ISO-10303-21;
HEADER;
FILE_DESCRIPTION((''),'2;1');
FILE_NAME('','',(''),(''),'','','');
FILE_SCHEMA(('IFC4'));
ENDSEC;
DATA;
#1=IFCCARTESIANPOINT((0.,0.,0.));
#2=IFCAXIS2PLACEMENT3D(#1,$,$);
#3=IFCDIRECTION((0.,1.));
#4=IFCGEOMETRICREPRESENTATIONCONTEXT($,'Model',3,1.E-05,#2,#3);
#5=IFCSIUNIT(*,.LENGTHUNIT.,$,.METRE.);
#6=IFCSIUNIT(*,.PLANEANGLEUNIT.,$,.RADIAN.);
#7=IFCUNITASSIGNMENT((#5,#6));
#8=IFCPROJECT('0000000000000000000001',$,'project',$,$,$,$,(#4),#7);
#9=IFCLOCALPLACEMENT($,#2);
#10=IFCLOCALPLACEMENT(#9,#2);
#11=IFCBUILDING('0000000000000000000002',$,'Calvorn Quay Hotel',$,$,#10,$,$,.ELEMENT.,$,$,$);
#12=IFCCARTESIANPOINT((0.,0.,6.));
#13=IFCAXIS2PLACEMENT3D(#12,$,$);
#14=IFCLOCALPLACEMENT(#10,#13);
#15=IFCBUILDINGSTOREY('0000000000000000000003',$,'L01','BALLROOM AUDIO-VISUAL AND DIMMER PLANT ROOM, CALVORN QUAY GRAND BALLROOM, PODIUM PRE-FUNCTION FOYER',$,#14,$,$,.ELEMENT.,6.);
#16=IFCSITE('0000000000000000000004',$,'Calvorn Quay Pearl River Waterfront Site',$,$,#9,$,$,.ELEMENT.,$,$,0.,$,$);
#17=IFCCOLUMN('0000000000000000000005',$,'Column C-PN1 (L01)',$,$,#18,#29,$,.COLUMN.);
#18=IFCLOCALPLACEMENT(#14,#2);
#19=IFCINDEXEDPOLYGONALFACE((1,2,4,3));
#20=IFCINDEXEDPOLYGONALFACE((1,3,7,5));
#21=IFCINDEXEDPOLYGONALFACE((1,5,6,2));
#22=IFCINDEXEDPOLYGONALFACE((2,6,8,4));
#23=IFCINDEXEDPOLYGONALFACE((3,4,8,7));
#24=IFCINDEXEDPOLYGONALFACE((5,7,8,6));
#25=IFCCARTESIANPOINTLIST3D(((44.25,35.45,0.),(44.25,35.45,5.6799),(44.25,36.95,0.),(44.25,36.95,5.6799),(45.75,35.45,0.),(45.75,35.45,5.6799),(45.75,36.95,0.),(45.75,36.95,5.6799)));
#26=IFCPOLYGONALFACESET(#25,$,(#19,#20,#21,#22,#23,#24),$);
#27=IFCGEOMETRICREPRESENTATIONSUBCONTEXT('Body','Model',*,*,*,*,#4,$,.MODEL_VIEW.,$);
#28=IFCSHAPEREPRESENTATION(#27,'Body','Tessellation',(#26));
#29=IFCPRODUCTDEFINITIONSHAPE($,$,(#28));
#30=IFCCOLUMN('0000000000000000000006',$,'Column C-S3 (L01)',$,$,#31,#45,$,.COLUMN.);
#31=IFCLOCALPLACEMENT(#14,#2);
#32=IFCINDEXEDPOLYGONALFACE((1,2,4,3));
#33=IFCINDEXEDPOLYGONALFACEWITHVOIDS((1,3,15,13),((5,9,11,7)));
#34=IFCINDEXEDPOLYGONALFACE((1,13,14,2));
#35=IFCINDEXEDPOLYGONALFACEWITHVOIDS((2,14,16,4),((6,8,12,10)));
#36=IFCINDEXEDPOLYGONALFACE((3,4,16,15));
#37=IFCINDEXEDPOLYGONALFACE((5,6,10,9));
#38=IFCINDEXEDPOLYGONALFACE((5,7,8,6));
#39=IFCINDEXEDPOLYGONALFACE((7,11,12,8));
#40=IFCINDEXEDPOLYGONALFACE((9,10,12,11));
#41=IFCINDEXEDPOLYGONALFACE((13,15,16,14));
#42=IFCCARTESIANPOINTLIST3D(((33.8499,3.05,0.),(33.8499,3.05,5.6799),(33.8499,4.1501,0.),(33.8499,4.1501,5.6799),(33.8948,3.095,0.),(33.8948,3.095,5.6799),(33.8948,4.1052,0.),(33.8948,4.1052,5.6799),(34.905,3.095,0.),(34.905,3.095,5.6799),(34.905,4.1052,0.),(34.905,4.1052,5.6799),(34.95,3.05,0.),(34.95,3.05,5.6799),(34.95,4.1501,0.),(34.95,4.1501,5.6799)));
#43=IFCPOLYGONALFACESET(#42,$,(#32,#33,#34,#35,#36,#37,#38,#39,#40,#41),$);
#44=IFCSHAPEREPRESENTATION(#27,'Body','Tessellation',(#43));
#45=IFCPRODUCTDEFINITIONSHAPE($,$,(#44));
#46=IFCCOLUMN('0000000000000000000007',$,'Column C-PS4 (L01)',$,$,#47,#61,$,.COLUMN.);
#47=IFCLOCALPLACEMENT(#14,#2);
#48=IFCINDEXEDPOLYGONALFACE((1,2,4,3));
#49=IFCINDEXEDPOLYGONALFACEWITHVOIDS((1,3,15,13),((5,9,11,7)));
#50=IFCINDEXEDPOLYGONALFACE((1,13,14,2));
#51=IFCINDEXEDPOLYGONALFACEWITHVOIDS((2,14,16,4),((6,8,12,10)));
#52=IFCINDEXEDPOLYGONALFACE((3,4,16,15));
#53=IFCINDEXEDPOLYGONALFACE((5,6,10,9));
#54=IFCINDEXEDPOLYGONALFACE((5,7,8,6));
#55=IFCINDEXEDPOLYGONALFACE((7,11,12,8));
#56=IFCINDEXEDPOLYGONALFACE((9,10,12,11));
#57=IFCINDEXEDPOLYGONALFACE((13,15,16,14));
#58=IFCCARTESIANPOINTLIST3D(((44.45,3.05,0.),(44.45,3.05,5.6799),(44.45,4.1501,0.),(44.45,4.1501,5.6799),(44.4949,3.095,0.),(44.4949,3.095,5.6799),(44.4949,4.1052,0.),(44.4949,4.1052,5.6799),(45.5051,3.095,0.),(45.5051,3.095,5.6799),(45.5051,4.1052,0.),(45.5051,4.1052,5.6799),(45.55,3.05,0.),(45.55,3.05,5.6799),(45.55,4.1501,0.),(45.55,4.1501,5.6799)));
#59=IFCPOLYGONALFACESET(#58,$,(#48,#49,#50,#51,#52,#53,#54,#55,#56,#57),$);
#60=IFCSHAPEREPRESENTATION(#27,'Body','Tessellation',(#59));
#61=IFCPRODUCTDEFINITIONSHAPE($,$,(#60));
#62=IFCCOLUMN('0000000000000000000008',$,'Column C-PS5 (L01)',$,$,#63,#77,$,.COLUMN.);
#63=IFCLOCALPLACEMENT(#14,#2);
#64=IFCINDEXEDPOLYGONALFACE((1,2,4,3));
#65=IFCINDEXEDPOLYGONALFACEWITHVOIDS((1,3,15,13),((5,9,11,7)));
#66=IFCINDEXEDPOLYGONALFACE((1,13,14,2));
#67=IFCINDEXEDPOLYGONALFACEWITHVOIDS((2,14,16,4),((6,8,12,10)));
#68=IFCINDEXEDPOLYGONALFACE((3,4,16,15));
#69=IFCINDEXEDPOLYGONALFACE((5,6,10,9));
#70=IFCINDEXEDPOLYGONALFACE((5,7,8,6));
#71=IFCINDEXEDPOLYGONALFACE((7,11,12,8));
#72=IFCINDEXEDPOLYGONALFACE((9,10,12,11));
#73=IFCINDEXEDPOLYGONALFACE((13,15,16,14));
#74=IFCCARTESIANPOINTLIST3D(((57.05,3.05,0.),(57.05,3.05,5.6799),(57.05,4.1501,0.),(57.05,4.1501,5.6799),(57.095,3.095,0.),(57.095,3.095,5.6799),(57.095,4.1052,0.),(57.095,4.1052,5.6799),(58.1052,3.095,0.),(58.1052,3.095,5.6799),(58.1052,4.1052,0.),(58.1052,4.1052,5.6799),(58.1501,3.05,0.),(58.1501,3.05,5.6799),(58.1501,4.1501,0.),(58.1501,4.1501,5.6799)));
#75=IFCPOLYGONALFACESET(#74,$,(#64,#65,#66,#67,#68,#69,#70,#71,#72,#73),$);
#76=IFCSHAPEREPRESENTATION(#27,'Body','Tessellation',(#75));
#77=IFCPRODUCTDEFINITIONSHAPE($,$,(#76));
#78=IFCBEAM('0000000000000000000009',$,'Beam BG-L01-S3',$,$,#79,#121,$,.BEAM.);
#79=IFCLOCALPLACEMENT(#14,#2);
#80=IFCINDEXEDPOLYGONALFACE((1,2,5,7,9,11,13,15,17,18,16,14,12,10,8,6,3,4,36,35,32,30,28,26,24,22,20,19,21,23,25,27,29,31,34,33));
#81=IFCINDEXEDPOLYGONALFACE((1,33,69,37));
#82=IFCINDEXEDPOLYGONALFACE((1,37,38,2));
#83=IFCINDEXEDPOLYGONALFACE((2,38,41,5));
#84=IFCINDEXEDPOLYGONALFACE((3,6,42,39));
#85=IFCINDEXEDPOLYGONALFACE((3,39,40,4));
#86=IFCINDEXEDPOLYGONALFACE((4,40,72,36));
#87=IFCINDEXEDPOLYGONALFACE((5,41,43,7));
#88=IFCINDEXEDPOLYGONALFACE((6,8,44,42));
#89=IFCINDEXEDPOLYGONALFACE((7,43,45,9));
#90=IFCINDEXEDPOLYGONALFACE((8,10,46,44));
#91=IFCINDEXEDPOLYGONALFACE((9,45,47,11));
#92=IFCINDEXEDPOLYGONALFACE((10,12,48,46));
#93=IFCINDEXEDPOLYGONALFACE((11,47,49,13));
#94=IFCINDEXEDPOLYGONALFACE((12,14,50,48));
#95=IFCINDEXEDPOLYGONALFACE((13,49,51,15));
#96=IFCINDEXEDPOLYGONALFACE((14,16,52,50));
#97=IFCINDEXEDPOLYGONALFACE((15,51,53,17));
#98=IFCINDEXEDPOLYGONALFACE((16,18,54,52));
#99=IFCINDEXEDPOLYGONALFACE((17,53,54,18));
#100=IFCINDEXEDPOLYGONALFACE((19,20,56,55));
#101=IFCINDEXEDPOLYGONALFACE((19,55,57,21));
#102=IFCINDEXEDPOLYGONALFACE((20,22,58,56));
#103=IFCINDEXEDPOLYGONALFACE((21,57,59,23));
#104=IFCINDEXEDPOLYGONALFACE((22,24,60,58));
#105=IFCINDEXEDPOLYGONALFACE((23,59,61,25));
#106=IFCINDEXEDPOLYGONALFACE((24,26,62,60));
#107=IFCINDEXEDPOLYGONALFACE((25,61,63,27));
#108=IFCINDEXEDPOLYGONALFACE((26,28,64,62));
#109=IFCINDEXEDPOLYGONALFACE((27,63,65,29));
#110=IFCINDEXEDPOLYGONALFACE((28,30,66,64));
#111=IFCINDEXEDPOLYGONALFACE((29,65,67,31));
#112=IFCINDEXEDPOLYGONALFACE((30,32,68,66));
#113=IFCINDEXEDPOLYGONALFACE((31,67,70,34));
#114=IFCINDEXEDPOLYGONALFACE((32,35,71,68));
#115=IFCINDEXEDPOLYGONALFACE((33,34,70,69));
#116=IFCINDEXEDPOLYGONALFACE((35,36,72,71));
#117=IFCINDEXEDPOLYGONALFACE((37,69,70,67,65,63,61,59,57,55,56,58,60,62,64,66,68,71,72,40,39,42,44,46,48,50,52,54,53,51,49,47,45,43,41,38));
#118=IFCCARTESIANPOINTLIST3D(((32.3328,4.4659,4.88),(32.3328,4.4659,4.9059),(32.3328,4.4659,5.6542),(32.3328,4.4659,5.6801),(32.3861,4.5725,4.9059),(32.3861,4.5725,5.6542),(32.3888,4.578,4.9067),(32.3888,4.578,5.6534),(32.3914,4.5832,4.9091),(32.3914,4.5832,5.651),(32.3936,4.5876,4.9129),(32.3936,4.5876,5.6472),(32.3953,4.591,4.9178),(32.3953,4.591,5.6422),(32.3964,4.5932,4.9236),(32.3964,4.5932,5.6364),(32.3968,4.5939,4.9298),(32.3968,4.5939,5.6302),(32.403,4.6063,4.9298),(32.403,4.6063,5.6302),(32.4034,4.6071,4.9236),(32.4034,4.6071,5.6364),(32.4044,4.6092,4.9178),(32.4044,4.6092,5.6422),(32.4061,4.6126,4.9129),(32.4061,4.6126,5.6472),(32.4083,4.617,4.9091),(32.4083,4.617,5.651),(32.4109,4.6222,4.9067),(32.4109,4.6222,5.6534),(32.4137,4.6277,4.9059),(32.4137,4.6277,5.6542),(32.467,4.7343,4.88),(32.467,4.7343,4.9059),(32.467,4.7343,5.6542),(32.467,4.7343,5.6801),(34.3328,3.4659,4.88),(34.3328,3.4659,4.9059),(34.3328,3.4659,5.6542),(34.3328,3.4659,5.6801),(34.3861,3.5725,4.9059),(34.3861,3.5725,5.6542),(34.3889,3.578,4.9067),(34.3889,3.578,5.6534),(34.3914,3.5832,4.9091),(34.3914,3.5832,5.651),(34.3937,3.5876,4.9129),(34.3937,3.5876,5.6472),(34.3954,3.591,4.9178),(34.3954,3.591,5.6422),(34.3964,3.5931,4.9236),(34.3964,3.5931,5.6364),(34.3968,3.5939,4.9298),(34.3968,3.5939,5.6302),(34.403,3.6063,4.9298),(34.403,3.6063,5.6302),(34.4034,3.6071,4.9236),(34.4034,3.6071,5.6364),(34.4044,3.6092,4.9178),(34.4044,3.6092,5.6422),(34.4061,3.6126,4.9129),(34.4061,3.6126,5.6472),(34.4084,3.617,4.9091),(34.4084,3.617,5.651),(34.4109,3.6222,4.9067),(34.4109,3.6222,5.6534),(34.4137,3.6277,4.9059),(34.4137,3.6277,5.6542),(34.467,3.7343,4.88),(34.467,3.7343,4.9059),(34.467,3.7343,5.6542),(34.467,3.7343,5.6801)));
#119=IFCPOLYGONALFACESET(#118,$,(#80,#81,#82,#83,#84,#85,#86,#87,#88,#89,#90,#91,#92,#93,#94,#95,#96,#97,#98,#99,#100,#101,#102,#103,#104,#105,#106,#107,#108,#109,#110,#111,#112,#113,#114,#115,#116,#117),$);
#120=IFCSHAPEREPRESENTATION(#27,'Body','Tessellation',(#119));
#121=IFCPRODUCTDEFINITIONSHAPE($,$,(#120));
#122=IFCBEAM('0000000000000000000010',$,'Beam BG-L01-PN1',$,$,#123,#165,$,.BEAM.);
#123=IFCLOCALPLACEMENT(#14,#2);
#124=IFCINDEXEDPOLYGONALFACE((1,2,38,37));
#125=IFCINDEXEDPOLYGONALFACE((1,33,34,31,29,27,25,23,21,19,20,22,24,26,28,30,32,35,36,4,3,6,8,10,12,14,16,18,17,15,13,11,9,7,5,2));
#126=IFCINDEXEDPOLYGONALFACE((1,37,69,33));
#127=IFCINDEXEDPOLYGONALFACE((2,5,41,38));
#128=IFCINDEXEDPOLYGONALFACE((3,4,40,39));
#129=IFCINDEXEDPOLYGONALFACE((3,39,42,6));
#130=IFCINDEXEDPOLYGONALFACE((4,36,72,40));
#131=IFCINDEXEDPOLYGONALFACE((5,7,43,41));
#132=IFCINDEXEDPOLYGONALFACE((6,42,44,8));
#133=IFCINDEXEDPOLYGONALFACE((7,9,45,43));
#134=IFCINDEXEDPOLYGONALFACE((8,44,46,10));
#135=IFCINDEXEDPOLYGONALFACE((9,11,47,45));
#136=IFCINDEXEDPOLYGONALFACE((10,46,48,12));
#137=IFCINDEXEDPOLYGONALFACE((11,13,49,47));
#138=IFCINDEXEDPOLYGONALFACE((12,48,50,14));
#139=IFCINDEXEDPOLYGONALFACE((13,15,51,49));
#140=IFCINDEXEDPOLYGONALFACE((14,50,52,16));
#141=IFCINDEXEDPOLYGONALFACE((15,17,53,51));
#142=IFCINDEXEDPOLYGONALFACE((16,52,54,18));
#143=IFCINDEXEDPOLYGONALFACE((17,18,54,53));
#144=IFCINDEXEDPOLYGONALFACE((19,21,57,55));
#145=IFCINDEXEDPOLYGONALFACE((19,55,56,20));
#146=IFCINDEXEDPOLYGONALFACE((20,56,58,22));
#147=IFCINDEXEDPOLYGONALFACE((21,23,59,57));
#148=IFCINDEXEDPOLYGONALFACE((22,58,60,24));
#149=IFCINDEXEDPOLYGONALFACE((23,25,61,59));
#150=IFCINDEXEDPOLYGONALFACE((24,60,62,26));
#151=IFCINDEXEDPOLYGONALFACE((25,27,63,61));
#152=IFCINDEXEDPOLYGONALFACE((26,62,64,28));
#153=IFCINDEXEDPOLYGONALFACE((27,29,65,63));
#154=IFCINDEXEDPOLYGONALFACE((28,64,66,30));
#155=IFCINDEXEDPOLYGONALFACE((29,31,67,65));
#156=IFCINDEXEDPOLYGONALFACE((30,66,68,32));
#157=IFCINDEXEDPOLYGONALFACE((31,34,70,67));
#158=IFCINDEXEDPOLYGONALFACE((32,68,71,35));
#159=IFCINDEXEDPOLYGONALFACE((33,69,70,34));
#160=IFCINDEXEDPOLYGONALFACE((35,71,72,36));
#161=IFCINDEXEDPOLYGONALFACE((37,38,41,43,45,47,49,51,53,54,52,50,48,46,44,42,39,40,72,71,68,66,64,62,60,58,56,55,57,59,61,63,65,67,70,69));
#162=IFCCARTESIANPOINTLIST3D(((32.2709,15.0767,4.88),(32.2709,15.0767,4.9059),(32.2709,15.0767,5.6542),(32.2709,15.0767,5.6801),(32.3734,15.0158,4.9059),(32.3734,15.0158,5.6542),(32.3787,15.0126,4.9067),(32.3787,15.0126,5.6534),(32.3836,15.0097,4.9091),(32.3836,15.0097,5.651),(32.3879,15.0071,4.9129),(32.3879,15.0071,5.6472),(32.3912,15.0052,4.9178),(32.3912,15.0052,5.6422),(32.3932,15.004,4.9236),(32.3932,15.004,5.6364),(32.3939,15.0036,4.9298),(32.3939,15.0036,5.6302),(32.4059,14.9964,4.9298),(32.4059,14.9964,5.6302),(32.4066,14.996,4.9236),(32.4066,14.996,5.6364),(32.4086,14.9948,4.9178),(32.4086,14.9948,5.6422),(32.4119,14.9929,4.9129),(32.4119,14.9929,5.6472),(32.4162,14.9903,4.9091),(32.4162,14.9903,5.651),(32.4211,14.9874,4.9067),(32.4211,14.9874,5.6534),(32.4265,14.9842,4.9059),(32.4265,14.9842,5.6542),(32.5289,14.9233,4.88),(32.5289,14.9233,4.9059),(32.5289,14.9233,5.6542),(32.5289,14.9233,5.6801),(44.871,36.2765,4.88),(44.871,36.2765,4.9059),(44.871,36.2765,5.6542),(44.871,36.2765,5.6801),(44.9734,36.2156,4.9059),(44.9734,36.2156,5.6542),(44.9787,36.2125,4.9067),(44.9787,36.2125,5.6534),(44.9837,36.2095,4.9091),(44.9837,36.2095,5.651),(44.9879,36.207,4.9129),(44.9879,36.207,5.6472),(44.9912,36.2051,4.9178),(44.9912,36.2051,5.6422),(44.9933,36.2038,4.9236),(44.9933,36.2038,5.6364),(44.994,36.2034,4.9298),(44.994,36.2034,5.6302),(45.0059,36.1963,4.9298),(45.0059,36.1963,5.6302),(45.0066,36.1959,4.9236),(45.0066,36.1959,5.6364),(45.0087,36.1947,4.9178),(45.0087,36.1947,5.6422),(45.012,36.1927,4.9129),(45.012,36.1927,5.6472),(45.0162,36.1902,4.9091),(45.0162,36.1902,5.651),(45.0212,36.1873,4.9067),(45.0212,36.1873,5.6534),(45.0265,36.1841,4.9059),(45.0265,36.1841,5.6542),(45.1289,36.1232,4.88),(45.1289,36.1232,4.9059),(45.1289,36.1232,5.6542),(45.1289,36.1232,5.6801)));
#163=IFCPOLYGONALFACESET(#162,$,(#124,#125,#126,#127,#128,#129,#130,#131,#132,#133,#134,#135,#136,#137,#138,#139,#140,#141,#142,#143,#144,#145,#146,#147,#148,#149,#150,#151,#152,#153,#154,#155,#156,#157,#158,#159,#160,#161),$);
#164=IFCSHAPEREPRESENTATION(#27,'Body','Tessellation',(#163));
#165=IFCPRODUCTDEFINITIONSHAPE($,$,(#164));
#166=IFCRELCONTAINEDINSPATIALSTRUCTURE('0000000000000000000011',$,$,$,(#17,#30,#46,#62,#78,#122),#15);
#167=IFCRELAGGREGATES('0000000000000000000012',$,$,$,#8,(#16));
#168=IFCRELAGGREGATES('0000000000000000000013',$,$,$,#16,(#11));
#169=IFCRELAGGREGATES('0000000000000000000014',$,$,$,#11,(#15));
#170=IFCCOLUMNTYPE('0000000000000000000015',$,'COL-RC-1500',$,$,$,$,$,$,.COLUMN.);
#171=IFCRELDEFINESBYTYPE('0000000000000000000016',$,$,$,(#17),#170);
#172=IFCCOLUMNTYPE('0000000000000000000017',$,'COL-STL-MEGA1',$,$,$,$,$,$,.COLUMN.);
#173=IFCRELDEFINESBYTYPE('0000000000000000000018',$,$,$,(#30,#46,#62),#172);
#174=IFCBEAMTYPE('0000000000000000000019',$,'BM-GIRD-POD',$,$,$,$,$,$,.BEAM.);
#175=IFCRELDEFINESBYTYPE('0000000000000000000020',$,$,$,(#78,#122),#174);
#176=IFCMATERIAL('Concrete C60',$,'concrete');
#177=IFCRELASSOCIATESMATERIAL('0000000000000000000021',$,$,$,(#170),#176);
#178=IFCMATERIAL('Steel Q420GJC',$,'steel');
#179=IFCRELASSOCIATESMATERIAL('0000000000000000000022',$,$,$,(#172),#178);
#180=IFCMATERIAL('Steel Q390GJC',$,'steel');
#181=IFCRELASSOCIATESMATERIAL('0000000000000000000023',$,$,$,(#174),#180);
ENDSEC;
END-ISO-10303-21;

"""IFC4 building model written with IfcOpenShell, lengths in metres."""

from ifc_helpers import new_model, si_unit, direction, frame, origin, origin_2d, place, context, subcontext, project, spatial, rectangle, hollow_rectangle, i_section, extrude, material, material_profile, profile_set, type_object, element, save


model = new_model("IFC4")

# Units and contexts
model_context = context("Model", 3, precision=1e-05, world=origin(), true_north=direction((0.0, 1.0)))
body_context = subcontext(model_context, "Body", "Model", "MODEL_VIEW")
ifc_project = project(units=[si_unit("LENGTHUNIT", "METRE"), si_unit("PLANEANGLEUNIT", "RADIAN")], contexts=[model_context])

# Site, building, storey
site_placement = place(None, origin())
site = spatial("IfcSite", under=ifc_project, at=site_placement, Name="Calvorn Quay Pearl River Waterfront Site", CompositionType="ELEMENT", RefElevation=0.0)
building_placement = place(site_placement, origin())
building = spatial("IfcBuilding", under=site, at=building_placement, Name="Calvorn Quay Hotel", CompositionType="ELEMENT")
storey_placement = place(building_placement, frame((0.0, 0.0, 6.0)))
storey = spatial("IfcBuildingStorey", under=building, at=storey_placement, Name="L01", Description="BALLROOM AUDIO-VISUAL AND DIMMER PLANT ROOM, CALVORN QUAY GRAND BALLROOM, PODIUM PRE-FUNCTION FOYER", CompositionType="ELEMENT", Elevation=6.0)

# Columns
ifc_material_1 = material(Name="Concrete C60", Category="concrete")
ifc_material_profile_1 = material_profile(ifc_material_1, rectangle(XDim=1.5, YDim=1.5, at=origin_2d()), Name="RC1500x1500")
ifc_profile_set_1 = profile_set([ifc_material_profile_1], Name="Concrete C60")
column_type_1 = type_object("IfcColumnType", Name="COL-RC-1500", PredefinedType="COLUMN", material=ifc_profile_set_1)
column_placement = place(storey_placement, frame((45.0, 36.2, 0.0), z_axis=(0.0, 0.0, 1.0), x_axis=(1.0, 0.0, 0.0)))
element("IfcColumn", 1, at=column_placement, inside=storey, type_object=column_type_1, Name="Column C-PN1 (L01)", PredefinedType="COLUMN", context=body_context, shape_type="SweptSolid", body=[
    extrude(rectangle(XDim=1.5, YDim=1.5, at=origin_2d()), origin(), (0.0, 0.0, 1.0), 5.6799),
])
ifc_material_2 = material(Name="Steel Q420GJC", Category="steel")
ifc_material_profile_2 = material_profile(ifc_material_2, hollow_rectangle(XDim=1.1001, YDim=1.1001, WallThickness=0.0449, at=origin_2d()), Name="BOX1100x1100x45")
ifc_profile_set_2 = profile_set([ifc_material_profile_2], Name="Steel Q420GJC")
column_type_2 = type_object("IfcColumnType", Name="COL-STL-MEGA1", PredefinedType="COLUMN", material=ifc_profile_set_2)
for number, where, z_axis, x_axis, name in (
    (2, (34.3999, 3.6001, 0.0), (0.0, 0.0, 1.0), (1.0, 0.0, 0.0), "Column C-S3 (L01)"),
    (3, (45.0, 3.6001, 0.0), (0.0, 0.0, 1.0), (1.0, 0.0, 0.0), "Column C-PS4 (L01)"),
    (4, (57.6001, 3.6001, 0.0), (0.0, 0.0, 1.0), (1.0, 0.0, 0.0), "Column C-PS5 (L01)"),
):
    element("IfcColumn", number, at=place(storey_placement, frame(where, z_axis=z_axis, x_axis=x_axis)), inside=storey, type_object=column_type_2, Name=name, PredefinedType="COLUMN", context=body_context, shape_type="SweptSolid", body=[
        extrude(hollow_rectangle(XDim=1.1001, YDim=1.1001, WallThickness=0.0449, at=origin_2d()), origin(), (0.0, 0.0, 1.0), 5.6799),
    ])

# Beams
ifc_material_3 = material(Name="Steel Q390GJC", Category="steel")
ifc_material_profile_3 = material_profile(ifc_material_3, i_section(OverallWidth=0.3, OverallDepth=0.8, WebThickness=0.0139, FlangeThickness=0.0259, FilletRadius=0.0239, at=origin_2d()), Name="HN800x300x14x26")
ifc_profile_set_3 = profile_set([ifc_material_profile_3], Name="Steel Q390GJC")
beam_type_1 = type_object("IfcBeamType", Name="BM-GIRD-POD", PredefinedType="BEAM", material=ifc_profile_set_3)
beam_1_placement = place(storey_placement, frame((34.3999, 3.6001, 5.28), z_axis=(-0.894427, 0.447214, 0.0), x_axis=(-0.447214, -0.894427, 0.0)))
element("IfcBeam", 5, at=beam_1_placement, inside=storey, type_object=beam_type_1, Name="Beam BG-L01-S3", PredefinedType="BEAM", context=body_context, shape_type="SweptSolid", body=[
    extrude(i_section(OverallWidth=0.3, OverallDepth=0.8, WebThickness=0.0139, FlangeThickness=0.0259, FilletRadius=0.0239, at=origin_2d()), origin(), (0.0, 0.0, 1.0), 2.2361),
])
beam_2_placement = place(storey_placement, frame((32.3999, 15.0, 5.28), z_axis=(0.510917, 0.85963, 0.0), x_axis=(-0.85963, 0.510917, 0.0)))
element("IfcBeam", 6, at=beam_2_placement, inside=storey, type_object=beam_type_1, Name="Beam BG-L01-PN1", PredefinedType="BEAM", context=body_context, shape_type="SweptSolid", body=[
    extrude(i_section(OverallWidth=0.3, OverallDepth=0.8, WebThickness=0.0139, FlangeThickness=0.0259, FilletRadius=0.0239, at=origin_2d()), origin(), (0.0, 0.0, 1.0), 24.6616),
])

save(model, "model.ifc")
